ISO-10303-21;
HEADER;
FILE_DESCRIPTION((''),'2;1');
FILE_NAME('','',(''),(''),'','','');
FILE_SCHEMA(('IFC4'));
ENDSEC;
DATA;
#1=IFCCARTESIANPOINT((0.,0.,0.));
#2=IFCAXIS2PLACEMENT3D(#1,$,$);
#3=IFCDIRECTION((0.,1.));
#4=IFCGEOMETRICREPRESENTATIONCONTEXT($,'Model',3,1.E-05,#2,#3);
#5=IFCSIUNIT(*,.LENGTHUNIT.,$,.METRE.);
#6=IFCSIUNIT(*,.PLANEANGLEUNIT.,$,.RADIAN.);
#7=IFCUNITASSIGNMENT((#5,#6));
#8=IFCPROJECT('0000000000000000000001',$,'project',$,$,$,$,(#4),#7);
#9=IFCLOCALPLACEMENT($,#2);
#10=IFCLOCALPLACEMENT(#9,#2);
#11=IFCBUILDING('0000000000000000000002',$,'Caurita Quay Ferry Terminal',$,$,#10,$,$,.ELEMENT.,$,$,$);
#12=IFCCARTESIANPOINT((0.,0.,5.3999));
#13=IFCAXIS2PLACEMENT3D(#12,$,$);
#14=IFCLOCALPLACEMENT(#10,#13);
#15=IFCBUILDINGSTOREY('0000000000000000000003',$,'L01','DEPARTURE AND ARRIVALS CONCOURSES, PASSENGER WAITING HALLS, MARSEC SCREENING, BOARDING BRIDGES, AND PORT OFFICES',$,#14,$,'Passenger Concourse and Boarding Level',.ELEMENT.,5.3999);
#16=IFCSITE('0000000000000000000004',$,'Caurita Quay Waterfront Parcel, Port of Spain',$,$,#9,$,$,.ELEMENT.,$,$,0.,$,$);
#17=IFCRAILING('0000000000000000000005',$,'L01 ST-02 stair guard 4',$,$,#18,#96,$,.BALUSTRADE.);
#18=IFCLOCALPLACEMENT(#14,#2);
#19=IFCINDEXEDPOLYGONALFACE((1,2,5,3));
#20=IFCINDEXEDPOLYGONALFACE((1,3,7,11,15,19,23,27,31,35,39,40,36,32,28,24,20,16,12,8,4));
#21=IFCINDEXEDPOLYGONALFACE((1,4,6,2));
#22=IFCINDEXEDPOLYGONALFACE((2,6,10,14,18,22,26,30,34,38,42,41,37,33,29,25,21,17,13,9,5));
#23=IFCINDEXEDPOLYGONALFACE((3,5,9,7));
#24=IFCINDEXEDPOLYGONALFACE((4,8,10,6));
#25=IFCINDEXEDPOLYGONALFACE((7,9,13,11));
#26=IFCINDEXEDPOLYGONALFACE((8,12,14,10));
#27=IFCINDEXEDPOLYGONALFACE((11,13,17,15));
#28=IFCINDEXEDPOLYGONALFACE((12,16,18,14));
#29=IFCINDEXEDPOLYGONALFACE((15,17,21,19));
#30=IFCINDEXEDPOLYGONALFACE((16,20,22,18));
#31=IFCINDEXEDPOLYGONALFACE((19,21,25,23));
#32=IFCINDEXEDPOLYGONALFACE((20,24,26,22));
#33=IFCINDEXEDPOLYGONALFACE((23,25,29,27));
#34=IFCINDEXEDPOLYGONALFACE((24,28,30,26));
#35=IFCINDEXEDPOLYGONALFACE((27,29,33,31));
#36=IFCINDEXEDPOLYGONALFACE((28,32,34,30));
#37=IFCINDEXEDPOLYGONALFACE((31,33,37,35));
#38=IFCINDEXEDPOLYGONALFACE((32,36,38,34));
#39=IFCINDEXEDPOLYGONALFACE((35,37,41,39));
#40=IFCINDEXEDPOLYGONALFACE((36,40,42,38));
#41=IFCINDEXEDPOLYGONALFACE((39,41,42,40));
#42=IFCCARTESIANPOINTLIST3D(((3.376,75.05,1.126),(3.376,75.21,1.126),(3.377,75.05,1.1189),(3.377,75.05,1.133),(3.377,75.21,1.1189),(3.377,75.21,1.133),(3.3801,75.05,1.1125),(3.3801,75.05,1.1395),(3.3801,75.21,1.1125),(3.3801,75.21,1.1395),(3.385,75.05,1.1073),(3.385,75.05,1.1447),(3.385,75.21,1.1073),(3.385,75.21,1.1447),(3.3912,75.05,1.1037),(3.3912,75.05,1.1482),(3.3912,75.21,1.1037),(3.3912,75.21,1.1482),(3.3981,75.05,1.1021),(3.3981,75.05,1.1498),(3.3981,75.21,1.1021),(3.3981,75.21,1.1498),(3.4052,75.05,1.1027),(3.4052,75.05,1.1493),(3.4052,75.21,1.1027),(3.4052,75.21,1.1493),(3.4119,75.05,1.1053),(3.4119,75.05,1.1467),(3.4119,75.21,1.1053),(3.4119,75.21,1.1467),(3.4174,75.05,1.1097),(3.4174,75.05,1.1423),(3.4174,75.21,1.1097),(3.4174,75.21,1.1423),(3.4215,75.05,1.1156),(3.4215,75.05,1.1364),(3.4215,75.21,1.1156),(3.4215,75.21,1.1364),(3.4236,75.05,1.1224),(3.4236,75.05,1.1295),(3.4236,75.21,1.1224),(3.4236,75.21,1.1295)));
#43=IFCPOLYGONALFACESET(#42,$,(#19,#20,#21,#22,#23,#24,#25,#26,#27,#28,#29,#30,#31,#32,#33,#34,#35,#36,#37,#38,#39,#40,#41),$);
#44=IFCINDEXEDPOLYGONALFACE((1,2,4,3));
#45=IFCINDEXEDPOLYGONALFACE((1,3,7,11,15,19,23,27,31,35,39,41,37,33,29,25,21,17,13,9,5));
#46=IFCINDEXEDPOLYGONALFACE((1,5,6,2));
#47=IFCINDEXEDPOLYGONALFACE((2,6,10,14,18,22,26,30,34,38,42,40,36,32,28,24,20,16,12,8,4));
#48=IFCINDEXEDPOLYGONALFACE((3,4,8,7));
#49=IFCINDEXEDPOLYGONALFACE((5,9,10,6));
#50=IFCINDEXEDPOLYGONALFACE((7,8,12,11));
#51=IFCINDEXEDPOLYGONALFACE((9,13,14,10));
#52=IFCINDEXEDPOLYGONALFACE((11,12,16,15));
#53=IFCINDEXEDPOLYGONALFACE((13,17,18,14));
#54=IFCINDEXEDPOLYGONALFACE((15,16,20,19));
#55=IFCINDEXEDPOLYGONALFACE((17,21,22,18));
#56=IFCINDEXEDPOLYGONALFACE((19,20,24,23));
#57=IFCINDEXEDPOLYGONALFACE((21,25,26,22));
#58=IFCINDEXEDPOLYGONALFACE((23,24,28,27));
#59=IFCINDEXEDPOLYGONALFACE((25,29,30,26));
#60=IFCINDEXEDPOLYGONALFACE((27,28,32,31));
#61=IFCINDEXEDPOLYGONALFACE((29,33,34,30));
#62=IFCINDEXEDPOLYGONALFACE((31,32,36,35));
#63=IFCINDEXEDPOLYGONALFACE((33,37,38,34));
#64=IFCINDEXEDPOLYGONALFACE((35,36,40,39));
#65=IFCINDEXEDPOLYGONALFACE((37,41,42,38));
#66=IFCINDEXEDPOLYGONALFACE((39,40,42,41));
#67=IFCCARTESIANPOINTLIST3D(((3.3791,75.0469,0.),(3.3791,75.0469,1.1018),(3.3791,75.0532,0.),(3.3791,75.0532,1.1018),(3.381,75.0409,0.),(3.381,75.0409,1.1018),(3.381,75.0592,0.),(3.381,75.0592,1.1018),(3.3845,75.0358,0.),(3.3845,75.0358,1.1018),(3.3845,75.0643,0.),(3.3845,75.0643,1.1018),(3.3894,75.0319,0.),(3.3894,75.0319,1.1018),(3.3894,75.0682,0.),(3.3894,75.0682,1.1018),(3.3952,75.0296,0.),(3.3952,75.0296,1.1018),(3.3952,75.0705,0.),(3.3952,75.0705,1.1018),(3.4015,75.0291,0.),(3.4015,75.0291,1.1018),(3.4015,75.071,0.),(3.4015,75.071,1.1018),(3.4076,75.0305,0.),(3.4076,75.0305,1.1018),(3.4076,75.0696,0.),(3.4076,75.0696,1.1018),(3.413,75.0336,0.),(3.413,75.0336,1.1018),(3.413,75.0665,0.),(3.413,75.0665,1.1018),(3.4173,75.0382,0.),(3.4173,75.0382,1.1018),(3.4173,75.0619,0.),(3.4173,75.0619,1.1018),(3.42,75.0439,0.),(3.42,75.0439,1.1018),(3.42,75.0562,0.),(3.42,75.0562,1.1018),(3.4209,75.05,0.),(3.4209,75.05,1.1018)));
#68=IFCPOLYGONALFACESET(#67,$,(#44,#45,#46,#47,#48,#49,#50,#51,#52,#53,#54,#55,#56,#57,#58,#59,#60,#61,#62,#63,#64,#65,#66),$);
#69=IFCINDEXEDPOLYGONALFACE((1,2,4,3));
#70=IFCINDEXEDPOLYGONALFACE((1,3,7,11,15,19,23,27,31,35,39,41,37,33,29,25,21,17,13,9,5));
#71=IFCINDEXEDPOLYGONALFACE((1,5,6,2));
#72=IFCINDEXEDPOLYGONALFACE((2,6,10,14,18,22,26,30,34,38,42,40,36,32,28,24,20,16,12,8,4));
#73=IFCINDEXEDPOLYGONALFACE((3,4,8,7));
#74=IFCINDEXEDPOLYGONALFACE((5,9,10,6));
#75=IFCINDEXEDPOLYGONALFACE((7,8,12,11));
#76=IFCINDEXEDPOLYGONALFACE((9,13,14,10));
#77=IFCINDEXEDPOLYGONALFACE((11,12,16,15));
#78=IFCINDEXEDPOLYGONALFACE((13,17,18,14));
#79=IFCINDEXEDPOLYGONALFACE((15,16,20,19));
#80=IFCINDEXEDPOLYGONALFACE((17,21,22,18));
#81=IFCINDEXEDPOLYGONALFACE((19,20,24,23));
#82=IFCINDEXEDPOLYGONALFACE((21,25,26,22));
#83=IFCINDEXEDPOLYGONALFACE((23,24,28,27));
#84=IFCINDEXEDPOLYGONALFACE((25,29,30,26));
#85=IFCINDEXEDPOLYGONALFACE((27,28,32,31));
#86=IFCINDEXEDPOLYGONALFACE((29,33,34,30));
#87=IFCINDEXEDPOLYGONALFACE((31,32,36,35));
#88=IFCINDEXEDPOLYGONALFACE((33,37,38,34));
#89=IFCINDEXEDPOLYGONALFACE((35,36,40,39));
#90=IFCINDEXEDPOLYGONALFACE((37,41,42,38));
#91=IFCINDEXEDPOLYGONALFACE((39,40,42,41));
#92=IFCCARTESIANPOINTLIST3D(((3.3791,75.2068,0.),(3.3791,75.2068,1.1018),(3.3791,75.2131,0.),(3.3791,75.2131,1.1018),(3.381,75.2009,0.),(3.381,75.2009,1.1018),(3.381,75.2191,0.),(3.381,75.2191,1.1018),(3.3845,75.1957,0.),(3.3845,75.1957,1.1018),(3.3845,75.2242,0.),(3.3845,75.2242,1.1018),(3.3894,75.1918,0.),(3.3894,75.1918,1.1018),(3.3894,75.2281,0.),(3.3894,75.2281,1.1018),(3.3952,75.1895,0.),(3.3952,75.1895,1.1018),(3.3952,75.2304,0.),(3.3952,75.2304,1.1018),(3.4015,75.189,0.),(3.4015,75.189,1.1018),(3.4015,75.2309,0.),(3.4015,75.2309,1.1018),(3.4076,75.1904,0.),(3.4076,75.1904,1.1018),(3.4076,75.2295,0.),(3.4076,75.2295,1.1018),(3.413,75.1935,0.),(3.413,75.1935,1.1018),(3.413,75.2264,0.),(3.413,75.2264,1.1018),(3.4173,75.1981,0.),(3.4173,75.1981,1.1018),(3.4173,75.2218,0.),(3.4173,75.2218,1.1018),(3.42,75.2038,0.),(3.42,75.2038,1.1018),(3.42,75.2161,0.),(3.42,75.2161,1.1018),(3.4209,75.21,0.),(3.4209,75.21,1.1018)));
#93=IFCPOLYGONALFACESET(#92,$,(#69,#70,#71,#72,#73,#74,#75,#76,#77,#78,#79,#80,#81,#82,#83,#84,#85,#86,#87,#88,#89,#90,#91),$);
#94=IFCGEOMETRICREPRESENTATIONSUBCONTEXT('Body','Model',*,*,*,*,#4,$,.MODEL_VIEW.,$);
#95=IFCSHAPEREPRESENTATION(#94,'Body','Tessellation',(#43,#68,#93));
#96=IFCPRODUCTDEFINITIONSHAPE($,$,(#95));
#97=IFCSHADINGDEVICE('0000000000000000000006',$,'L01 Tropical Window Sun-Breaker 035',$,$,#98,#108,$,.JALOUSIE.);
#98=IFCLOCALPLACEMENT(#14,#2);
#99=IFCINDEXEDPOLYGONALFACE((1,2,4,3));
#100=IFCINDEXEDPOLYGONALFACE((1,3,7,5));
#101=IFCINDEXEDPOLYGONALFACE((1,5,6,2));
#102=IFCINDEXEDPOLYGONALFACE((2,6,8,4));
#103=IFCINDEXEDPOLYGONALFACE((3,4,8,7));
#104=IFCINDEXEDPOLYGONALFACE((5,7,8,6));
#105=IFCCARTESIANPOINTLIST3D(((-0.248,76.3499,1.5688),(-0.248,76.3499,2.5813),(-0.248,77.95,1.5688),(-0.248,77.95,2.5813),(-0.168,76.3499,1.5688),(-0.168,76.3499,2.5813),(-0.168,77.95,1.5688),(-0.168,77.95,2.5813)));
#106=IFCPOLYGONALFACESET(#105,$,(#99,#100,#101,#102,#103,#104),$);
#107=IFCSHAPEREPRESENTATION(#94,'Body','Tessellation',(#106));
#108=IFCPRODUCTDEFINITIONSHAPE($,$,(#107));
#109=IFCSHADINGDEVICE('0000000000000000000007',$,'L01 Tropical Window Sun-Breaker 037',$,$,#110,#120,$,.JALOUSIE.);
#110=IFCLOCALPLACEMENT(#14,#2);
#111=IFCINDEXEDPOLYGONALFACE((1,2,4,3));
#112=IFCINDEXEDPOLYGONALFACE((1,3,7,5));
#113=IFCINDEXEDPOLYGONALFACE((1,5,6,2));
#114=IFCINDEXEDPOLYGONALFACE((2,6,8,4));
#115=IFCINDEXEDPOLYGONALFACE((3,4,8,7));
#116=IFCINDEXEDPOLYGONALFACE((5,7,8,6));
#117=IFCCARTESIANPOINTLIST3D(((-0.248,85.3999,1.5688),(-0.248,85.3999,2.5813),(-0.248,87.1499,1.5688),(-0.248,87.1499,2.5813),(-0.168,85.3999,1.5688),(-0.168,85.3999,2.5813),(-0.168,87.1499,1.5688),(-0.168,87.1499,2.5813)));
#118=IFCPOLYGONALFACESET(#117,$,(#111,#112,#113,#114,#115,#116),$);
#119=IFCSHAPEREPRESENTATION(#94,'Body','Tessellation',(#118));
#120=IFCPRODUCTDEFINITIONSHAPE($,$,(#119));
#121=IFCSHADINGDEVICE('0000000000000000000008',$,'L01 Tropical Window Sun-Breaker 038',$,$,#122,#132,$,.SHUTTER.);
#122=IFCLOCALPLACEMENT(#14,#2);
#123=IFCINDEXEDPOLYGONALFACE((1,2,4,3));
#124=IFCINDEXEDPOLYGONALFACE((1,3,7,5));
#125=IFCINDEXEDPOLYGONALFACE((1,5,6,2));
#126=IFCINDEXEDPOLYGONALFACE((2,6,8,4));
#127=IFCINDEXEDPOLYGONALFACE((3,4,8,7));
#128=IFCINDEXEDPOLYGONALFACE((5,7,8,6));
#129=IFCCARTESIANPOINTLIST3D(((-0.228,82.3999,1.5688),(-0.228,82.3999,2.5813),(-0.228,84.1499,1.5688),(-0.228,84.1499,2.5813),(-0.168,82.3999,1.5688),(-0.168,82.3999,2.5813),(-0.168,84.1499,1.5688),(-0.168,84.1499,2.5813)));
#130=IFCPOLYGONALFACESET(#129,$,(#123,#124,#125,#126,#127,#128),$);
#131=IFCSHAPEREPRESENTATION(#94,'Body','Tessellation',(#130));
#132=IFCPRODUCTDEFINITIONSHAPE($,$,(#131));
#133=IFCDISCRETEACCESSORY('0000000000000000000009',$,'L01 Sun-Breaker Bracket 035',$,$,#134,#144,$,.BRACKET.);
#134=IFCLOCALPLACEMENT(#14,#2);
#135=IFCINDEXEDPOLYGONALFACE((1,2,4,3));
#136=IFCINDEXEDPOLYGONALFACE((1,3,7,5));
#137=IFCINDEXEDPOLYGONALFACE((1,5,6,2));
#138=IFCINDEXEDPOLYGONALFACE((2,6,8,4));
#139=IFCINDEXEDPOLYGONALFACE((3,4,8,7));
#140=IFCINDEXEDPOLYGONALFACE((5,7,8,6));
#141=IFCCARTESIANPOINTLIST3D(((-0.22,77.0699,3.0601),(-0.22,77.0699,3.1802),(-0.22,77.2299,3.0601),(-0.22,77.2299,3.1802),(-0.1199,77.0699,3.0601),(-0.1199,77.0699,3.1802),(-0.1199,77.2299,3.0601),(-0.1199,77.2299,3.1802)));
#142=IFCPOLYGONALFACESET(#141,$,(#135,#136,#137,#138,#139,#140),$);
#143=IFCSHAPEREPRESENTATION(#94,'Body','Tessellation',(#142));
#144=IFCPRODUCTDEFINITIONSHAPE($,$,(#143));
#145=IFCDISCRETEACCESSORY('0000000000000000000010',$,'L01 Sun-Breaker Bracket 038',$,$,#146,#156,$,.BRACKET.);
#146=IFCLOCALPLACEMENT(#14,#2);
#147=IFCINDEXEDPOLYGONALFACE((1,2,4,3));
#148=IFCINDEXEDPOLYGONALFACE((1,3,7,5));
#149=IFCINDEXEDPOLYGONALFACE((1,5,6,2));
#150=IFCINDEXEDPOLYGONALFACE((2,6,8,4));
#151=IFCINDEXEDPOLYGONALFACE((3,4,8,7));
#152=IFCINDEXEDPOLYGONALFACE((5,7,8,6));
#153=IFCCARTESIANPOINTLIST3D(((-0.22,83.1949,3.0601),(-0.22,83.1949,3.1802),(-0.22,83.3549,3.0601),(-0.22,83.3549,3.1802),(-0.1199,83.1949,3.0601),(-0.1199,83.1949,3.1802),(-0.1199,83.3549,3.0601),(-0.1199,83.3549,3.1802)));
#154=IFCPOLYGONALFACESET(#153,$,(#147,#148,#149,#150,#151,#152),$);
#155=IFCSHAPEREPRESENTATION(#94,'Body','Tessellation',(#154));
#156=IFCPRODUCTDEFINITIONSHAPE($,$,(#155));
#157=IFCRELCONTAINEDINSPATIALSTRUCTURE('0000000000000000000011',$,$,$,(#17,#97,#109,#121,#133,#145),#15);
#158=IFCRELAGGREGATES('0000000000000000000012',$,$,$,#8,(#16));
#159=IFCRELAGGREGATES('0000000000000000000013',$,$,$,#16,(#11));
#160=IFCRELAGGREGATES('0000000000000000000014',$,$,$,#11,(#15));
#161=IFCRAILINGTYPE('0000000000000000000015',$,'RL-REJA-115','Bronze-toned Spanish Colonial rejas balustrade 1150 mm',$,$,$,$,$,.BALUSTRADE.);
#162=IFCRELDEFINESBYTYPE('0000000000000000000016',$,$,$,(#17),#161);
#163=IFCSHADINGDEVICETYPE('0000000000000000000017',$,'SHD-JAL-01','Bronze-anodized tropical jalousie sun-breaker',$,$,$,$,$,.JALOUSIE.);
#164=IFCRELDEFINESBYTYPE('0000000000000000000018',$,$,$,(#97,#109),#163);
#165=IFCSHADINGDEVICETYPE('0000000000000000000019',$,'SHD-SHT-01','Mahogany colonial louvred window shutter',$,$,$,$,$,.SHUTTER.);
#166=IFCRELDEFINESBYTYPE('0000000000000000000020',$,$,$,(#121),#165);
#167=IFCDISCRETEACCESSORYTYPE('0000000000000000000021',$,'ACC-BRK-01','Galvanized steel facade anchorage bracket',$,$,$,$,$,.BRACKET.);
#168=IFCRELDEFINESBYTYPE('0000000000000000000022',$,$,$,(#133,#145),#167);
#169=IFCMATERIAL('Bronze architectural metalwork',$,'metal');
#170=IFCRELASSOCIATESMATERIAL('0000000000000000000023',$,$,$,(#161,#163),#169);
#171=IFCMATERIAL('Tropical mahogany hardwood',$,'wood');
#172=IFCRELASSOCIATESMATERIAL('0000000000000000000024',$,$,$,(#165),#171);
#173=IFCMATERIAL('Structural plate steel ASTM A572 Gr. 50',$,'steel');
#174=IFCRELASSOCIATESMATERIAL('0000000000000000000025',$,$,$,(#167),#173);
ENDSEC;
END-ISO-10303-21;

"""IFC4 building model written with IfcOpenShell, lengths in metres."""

from ifc_helpers import new_model, si_unit, direction, frame, origin, origin_2d, place, context, subcontext, project, spatial, rectangle, circle, extrude, material, type_object, element, save


model = new_model("IFC4")

# Units and contexts
model_context = context("Model", 3, precision=1e-05, world=origin(), true_north=direction((0.0, 1.0)))
body_context = subcontext(model_context, "Body", "Model", "MODEL_VIEW")
ifc_project = project(units=[si_unit("LENGTHUNIT", "METRE"), si_unit("PLANEANGLEUNIT", "RADIAN")], contexts=[model_context])

# Site, building, storey
site_placement = place(None, origin())
site = spatial("IfcSite", under=ifc_project, at=site_placement, Name="Caurita Quay Waterfront Parcel, Port of Spain", CompositionType="ELEMENT", RefElevation=0.0)
building_placement = place(site_placement, origin())
building = spatial("IfcBuilding", under=site, at=building_placement, Name="Caurita Quay Ferry Terminal", CompositionType="ELEMENT")
storey_placement = place(building_placement, frame((0.0, 0.0, 5.3999)))
storey = spatial("IfcBuildingStorey", under=building, at=storey_placement, Name="L01", Description="DEPARTURE AND ARRIVALS CONCOURSES, PASSENGER WAITING HALLS, MARSEC SCREENING, BOARDING BRIDGES, AND PORT OFFICES", LongName="Passenger Concourse and Boarding Level", CompositionType="ELEMENT", Elevation=5.3999)

# Railing
ifc_material_1 = material(Name="Bronze architectural metalwork", Category="metal")
railing_type_1 = type_object("IfcRailingType", Name="RL-REJA-115", Description="Bronze-toned Spanish Colonial rejas balustrade 1150 mm", PredefinedType="BALUSTRADE", material=ifc_material_1)
railing_1_placement = place(storey_placement, frame((3.3999, 75.05, 0.0)))
element("IfcRailing", 1, at=railing_1_placement, inside=storey, type_object=railing_type_1, Name="L01 ST-02 stair guard 4", PredefinedType="BALUSTRADE", context=body_context, shape_type="SweptSolid", body=[
    extrude(circle(Radius=0.0239, at=origin_2d()), frame((0.0, 0.0, 1.126), z_axis=(0.0, 1.0, 0.0), x_axis=(-1.0, 0.0, 0.0)), (0.0, 0.0, 1.0), 0.1599),
    extrude(circle(Radius=0.021, at=origin_2d()), origin(), (0.0, 0.0, 1.0), 1.1018),
    extrude(circle(Radius=0.021, at=origin_2d()), frame((0.0, 0.1599, 0.0)), (0.0, 0.0, 1.0), 1.1018),
])

# Shading devices
shading_device_type_1 = type_object("IfcShadingDeviceType", Name="SHD-JAL-01", Description="Bronze-anodized tropical jalousie sun-breaker", PredefinedType="JALOUSIE", material=ifc_material_1)
shading_device_1_placement = place(storey_placement, frame((-0.208, 77.1499, 1.5688), z_axis=(0.0, 0.0, 1.0), x_axis=(0.0, -1.0, 0.0)))
element("IfcShadingDevice", 2, at=shading_device_1_placement, inside=storey, type_object=shading_device_type_1, Name="L01 Tropical Window Sun-Breaker 035", PredefinedType="JALOUSIE", context=body_context, shape_type="SweptSolid", body=[
    extrude(rectangle(XDim=1.6001, YDim=0.0801, at=origin_2d()), origin(), (0.0, 0.0, 1.0), 1.0125),
])
shading_device_2_placement = place(storey_placement, frame((-0.208, 86.2749, 1.5688), z_axis=(0.0, 0.0, 1.0), x_axis=(0.0, -1.0, 0.0)))
element("IfcShadingDevice", 3, at=shading_device_2_placement, inside=storey, type_object=shading_device_type_1, Name="L01 Tropical Window Sun-Breaker 037", PredefinedType="JALOUSIE", context=body_context, shape_type="SweptSolid", body=[
    extrude(rectangle(XDim=1.75, YDim=0.0801, at=origin_2d()), origin(), (0.0, 0.0, 1.0), 1.0125),
])
ifc_material_2 = material(Name="Tropical mahogany hardwood", Category="wood")
shading_device_type_2 = type_object("IfcShadingDeviceType", Name="SHD-SHT-01", Description="Mahogany colonial louvred window shutter", PredefinedType="SHUTTER", material=ifc_material_2)
shading_device_3_placement = place(storey_placement, frame((-0.198, 83.2749, 1.5688), z_axis=(0.0, 0.0, 1.0), x_axis=(0.0, -1.0, 0.0)))
element("IfcShadingDevice", 4, at=shading_device_3_placement, inside=storey, type_object=shading_device_type_2, Name="L01 Tropical Window Sun-Breaker 038", PredefinedType="SHUTTER", context=body_context, shape_type="SweptSolid", body=[
    extrude(rectangle(XDim=1.75, YDim=0.0601, at=origin_2d()), origin(), (0.0, 0.0, 1.0), 1.0125),
])

# Discrete accessories
ifc_material_3 = material(Name="Structural plate steel ASTM A572 Gr. 50", Category="steel")
discrete_accessory_type = type_object("IfcDiscreteAccessoryType", Name="ACC-BRK-01", Description="Galvanized steel facade anchorage bracket", PredefinedType="BRACKET", material=ifc_material_3)
for number, where, z_axis, x_axis, name in (
    (5, (-0.1699, 77.1499, 3.0601), (0.0, 0.0, 1.0), (0.0, -1.0, 0.0), "L01 Sun-Breaker Bracket 035"),
    (6, (-0.1699, 83.2749, 3.0601), (0.0, 0.0, 1.0), (0.0, -1.0, 0.0), "L01 Sun-Breaker Bracket 038"),
):
    element("IfcDiscreteAccessory", number, at=place(storey_placement, frame(where, z_axis=z_axis, x_axis=x_axis)), inside=storey, type_object=discrete_accessory_type, Name=name, PredefinedType="BRACKET", context=body_context, shape_type="SweptSolid", body=[
        extrude(rectangle(XDim=0.1599, YDim=0.1001, at=origin_2d()), origin(), (0.0, 0.0, 1.0), 0.1201),
    ])

save(model, "model.ifc")
